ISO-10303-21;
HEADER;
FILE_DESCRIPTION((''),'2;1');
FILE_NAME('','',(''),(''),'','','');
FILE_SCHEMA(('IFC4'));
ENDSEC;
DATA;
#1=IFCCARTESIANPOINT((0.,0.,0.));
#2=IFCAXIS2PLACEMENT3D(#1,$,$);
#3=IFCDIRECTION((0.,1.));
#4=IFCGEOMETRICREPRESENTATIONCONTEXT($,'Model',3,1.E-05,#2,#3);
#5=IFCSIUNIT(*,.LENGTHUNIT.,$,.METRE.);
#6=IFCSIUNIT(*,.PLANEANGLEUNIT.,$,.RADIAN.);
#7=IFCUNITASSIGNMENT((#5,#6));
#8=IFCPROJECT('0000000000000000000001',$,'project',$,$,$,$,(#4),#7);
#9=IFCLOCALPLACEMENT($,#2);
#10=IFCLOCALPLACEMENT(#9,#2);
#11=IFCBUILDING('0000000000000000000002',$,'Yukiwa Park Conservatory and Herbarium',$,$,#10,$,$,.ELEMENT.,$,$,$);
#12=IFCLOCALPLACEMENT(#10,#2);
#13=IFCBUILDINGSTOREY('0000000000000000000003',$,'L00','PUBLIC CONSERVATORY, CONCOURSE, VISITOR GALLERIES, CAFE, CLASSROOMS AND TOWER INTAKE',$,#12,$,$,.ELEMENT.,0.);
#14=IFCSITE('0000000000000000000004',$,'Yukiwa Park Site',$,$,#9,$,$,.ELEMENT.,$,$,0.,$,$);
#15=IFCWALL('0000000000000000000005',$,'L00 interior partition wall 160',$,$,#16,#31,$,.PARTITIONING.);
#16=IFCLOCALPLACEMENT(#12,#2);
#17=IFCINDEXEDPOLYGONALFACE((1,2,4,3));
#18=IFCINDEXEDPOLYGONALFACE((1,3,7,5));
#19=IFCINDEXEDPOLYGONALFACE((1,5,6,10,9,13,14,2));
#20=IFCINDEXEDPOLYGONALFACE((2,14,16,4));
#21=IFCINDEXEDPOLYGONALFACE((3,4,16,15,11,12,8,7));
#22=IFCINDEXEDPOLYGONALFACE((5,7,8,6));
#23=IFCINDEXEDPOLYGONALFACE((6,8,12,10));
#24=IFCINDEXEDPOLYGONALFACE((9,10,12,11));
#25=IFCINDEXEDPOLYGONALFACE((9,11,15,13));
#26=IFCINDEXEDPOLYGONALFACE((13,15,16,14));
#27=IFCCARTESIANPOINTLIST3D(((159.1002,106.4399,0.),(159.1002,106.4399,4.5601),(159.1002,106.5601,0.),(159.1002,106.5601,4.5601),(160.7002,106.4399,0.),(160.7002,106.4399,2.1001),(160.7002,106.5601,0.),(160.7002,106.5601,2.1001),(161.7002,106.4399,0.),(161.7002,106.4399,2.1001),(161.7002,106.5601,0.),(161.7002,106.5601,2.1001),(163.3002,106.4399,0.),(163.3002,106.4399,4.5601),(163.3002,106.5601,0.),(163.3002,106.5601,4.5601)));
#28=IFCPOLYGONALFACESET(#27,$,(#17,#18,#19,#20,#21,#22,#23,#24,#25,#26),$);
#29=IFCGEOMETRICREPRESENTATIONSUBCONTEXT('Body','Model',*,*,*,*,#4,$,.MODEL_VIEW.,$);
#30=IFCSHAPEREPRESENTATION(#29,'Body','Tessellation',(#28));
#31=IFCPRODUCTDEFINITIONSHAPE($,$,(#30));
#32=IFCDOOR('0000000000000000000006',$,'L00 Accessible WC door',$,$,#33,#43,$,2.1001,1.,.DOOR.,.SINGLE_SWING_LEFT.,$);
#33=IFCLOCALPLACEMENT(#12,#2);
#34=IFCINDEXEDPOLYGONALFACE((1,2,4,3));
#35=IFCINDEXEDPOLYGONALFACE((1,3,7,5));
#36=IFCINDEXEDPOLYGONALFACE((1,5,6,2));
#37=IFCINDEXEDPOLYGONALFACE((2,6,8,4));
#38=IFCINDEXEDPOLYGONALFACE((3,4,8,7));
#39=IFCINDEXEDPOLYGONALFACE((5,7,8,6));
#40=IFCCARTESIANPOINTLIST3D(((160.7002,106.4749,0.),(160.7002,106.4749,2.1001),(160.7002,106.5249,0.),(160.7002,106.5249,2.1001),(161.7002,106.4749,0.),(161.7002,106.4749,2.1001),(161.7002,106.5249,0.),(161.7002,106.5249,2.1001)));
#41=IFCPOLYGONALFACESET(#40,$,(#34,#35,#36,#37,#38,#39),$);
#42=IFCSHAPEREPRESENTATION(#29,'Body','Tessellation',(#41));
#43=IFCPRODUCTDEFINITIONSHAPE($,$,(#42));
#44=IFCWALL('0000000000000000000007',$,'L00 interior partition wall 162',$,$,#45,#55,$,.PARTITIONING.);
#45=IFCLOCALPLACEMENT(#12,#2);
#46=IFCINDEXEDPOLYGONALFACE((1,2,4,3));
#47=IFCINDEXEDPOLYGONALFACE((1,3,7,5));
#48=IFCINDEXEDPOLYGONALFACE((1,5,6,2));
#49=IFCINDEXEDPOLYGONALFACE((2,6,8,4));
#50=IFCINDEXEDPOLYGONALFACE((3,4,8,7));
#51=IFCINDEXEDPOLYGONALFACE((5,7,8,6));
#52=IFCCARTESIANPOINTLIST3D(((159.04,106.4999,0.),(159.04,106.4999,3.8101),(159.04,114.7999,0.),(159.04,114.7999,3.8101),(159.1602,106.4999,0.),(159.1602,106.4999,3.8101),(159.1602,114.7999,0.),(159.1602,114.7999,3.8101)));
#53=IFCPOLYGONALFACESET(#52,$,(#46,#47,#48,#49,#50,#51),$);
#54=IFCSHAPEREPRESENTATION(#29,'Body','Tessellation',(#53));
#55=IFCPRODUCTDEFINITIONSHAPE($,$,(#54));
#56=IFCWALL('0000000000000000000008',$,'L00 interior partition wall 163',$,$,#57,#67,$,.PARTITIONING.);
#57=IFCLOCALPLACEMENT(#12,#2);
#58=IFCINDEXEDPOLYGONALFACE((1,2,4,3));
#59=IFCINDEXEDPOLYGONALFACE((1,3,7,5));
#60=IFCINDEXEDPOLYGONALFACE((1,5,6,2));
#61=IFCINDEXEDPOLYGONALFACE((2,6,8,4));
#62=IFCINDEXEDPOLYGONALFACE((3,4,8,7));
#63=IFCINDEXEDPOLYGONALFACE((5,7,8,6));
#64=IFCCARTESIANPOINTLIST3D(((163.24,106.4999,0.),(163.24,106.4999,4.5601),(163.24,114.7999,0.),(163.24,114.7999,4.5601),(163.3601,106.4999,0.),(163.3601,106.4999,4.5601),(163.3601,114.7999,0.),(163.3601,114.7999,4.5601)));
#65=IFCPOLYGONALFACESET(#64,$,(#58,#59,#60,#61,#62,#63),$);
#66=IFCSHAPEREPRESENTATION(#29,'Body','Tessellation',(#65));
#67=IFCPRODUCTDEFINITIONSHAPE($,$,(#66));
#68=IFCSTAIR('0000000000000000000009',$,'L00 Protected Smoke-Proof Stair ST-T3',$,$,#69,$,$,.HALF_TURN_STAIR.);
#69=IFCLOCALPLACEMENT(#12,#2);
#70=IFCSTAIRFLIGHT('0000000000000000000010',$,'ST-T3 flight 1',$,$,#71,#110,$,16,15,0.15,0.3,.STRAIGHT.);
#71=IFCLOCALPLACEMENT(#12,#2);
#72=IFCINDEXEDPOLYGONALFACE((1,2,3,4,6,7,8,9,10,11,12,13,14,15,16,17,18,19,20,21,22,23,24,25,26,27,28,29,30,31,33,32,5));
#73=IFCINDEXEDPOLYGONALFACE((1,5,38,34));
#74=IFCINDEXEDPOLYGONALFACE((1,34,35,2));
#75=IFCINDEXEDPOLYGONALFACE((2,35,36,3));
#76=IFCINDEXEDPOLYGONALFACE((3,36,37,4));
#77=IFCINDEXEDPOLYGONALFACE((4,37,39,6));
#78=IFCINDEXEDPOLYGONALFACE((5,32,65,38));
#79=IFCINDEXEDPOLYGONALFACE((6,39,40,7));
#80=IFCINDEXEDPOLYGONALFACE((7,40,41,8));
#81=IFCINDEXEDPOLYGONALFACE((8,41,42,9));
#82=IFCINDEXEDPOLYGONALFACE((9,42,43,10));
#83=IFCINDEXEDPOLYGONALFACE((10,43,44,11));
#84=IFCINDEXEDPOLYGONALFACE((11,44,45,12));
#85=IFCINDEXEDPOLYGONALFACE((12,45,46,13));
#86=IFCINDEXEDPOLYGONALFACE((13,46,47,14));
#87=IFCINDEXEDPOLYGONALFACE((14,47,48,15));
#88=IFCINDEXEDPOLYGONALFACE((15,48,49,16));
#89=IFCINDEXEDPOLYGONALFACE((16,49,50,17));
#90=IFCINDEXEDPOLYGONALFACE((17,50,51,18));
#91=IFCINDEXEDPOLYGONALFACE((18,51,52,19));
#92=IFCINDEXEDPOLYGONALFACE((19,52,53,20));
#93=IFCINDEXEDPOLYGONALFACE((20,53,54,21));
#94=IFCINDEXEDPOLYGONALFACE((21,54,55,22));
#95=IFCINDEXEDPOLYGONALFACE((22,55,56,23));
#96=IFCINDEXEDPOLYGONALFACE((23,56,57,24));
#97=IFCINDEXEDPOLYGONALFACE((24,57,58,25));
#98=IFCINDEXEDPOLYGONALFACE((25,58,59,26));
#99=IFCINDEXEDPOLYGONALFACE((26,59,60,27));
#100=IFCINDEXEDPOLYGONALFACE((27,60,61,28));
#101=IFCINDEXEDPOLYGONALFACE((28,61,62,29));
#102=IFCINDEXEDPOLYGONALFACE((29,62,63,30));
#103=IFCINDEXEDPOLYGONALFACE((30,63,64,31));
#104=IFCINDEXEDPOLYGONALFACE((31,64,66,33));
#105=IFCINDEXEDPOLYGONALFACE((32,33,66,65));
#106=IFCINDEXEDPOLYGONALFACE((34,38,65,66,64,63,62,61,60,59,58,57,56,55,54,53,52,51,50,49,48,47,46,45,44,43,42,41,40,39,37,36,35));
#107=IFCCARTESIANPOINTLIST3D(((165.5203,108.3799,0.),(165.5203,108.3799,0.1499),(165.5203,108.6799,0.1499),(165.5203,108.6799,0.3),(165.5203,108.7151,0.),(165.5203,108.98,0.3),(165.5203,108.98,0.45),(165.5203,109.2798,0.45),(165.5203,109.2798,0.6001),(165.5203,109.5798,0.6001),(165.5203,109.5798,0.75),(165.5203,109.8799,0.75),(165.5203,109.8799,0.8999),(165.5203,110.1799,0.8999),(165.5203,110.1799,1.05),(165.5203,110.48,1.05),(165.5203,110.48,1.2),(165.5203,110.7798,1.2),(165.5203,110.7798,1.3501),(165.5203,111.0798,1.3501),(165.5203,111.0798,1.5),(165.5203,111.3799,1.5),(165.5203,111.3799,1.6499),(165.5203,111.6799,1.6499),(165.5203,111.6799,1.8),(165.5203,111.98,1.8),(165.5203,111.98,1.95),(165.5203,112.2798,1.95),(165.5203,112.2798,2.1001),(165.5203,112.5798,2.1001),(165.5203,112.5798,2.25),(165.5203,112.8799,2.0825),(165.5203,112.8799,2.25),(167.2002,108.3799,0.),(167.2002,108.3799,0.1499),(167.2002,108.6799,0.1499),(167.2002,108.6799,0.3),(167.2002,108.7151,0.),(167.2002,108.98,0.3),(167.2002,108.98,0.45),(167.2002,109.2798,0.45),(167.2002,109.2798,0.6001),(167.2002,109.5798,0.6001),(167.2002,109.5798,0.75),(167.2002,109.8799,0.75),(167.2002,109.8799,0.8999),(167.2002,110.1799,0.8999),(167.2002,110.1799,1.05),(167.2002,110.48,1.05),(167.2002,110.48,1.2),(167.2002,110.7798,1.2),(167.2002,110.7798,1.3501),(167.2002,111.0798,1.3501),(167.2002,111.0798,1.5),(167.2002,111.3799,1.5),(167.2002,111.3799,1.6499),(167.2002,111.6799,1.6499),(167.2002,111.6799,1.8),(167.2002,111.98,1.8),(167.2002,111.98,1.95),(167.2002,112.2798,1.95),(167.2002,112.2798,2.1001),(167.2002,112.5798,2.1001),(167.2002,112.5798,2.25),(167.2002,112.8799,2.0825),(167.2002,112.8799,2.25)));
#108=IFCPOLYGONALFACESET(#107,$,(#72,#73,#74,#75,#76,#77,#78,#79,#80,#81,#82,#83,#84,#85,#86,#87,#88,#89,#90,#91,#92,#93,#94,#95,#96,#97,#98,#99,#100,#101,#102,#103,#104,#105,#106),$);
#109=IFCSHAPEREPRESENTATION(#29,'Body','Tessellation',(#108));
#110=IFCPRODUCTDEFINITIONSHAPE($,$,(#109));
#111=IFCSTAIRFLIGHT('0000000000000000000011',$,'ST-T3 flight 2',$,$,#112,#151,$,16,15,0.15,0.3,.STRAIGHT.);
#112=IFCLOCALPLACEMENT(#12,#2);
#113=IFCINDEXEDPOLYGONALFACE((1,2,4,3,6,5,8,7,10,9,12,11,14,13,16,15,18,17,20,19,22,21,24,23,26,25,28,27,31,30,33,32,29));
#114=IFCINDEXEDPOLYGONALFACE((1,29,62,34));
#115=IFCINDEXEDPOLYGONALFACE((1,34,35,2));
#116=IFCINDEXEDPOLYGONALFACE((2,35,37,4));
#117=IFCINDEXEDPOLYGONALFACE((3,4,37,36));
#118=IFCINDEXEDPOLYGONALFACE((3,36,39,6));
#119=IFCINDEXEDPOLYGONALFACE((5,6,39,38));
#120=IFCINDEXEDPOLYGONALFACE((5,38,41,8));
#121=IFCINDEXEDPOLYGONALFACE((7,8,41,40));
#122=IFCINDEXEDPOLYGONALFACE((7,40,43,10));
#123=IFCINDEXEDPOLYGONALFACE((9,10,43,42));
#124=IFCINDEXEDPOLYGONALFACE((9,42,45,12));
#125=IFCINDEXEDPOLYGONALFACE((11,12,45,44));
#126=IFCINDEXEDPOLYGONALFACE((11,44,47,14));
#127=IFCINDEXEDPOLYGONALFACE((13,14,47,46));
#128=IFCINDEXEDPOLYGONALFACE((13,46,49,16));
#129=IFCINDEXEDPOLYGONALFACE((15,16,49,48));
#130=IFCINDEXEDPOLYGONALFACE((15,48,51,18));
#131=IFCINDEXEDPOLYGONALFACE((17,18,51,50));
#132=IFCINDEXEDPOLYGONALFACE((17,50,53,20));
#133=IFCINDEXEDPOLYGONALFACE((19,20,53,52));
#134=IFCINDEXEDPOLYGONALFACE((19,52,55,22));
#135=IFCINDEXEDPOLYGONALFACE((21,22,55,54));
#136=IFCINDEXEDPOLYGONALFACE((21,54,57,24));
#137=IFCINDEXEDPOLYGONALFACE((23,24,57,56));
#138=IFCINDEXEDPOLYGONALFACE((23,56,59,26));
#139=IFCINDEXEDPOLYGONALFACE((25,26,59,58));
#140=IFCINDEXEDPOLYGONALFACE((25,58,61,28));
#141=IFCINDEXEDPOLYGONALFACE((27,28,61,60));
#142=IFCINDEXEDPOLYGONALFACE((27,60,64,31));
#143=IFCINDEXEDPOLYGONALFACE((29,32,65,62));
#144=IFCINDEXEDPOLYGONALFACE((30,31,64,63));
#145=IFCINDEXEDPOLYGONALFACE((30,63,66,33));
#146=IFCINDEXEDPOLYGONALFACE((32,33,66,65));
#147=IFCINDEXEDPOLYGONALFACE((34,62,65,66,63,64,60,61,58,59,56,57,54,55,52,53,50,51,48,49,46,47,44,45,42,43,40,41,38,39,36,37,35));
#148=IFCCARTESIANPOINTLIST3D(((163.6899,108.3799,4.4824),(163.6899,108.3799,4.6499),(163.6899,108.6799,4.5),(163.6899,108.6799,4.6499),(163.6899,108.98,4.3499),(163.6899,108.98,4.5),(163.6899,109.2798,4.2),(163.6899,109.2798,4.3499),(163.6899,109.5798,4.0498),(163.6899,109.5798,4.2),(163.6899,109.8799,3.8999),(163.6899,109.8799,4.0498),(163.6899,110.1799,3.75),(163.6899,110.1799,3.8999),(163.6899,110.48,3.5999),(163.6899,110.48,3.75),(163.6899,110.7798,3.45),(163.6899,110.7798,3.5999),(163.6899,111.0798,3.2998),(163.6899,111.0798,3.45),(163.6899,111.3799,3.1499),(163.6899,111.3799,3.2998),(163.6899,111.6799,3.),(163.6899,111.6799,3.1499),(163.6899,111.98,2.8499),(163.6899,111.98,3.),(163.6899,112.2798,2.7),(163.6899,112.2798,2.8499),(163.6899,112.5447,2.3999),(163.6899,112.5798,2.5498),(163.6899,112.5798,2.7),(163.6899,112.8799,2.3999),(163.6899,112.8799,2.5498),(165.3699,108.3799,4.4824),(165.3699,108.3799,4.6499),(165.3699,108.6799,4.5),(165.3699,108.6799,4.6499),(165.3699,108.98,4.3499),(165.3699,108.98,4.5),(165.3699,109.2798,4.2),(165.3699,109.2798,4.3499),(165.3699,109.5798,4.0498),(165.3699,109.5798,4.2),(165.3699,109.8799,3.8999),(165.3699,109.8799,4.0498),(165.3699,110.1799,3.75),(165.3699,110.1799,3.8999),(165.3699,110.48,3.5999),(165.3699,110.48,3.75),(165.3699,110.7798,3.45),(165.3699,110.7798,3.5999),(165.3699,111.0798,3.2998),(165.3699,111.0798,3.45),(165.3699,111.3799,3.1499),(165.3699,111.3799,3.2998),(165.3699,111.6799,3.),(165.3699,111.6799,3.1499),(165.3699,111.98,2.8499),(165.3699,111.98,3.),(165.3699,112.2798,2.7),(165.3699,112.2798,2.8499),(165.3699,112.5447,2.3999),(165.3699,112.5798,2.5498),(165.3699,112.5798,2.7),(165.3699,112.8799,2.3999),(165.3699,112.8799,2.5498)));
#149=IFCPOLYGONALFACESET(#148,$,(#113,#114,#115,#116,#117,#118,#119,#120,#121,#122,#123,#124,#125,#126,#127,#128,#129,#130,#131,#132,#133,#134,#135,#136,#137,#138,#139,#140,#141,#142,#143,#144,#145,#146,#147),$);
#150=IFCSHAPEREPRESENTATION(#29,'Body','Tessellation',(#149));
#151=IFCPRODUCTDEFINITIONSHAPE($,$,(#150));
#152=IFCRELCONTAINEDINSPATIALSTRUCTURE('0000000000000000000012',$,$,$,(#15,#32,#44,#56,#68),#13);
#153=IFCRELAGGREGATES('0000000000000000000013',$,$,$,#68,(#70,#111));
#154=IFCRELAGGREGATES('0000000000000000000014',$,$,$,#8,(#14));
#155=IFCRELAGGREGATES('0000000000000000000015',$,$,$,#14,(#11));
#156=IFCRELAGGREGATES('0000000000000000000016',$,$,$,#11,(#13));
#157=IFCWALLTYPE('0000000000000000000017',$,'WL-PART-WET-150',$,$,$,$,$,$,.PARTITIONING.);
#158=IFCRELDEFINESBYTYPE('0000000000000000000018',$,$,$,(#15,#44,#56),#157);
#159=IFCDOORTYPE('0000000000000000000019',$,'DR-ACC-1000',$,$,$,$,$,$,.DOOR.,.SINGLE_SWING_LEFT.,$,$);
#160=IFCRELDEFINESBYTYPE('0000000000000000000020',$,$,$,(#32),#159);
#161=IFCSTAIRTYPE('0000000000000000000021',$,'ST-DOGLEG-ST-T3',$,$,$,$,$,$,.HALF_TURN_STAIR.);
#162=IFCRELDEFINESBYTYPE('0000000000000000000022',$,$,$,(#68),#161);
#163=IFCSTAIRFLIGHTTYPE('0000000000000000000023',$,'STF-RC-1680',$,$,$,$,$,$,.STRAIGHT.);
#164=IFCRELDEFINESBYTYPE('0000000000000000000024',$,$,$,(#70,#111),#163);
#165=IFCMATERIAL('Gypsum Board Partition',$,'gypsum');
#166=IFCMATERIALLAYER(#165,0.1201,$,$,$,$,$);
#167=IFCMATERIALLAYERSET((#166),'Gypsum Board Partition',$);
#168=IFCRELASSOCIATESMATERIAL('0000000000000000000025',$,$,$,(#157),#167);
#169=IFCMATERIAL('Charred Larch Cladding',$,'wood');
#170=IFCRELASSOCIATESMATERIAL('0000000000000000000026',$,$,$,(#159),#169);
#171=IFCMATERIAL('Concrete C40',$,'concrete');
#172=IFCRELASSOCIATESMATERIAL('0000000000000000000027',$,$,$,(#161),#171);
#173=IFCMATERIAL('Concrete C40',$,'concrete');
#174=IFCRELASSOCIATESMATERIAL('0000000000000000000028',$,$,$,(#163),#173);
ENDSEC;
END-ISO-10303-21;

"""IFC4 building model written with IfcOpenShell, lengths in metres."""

from ifc_helpers import new_model, si_unit, direction, frame, frame_2d, origin, place, context, subcontext, project, spatial, polyline, rectangle, outline, extrude, material, layer, layer_set, type_object, element, fill, aggregate, save


model = new_model("IFC4")

# Units and contexts
model_context = context("Model", 3, precision=1e-05, world=origin(), true_north=direction((0.0, 1.0)))
body_context = subcontext(model_context, "Body", "Model", "MODEL_VIEW")
ifc_project = project(units=[si_unit("LENGTHUNIT", "METRE"), si_unit("PLANEANGLEUNIT", "RADIAN")], contexts=[model_context])

# Site, building, storey
site_placement = place(None, origin())
site = spatial("IfcSite", under=ifc_project, at=site_placement, Name="Yukiwa Park Site", CompositionType="ELEMENT", RefElevation=0.0)
building_placement = place(site_placement, origin())
building = spatial("IfcBuilding", under=site, at=building_placement, Name="Yukiwa Park Conservatory and Herbarium", CompositionType="ELEMENT")
storey_placement = place(building_placement, origin())
storey = spatial("IfcBuildingStorey", under=building, at=storey_placement, Name="L00", Description="PUBLIC CONSERVATORY, CONCOURSE, VISITOR GALLERIES, CAFE, CLASSROOMS AND TOWER INTAKE", CompositionType="ELEMENT", Elevation=0.0)

# Wall, opening, door
ifc_material_1 = material(Name="Gypsum Board Partition", Category="gypsum")
ifc_layer_1 = layer(ifc_material_1, 0.1201)
ifc_layer_set_1 = layer_set([ifc_layer_1], Name="Gypsum Board Partition")
wall_type_1 = type_object("IfcWallType", Name="WL-PART-WET-150", PredefinedType="PARTITIONING", material=ifc_layer_set_1)
wall_1_placement = place(storey_placement, frame((159.1001, 106.5, 0.0), z_axis=(0.0, 0.0, 1.0), x_axis=(1.0, 0.0, 0.0)))
wall_1 = element("IfcWall", 1, at=wall_1_placement, inside=storey, type_object=wall_type_1, Name="L00 interior partition wall 160", PredefinedType="PARTITIONING", context=body_context, shape_type="SweptSolid", body=[
    extrude(rectangle(XDim=4.2, YDim=0.1201, at=frame_2d((2.1001, 0.0))), origin(), (0.0, 0.0, 1.0), 4.5601),
])
opening_1_placement = place(wall_1_placement, frame((1.6001, 0.0, 0.0)))
opening_1 = element("IfcOpeningElement", 2, at=opening_1_placement, cuts=wall_1, PredefinedType="OPENING", context=body_context, shape_type="SweptSolid", body=[
    extrude(rectangle(XDim=1.0, YDim=2.1001, at=frame_2d((0.5, 1.05))), frame((0.0, 0.0701, 0.0), z_axis=(0.0, -1.0, 0.0), x_axis=(1.0, 0.0, 0.0)), (0.0, 0.0, 1.0), 0.1401),
])
ifc_material_2 = material(Name="Charred Larch Cladding", Category="wood")
door_type_1 = type_object("IfcDoorType", Name="DR-ACC-1000", OperationType="SINGLE_SWING_LEFT", PredefinedType="DOOR", material=ifc_material_2)
door_1_placement = place(opening_1_placement, origin())
door_1 = element("IfcDoor", 3, at=door_1_placement, inside=storey, type_object=door_type_1, Name="L00 Accessible WC door", OperationType="SINGLE_SWING_LEFT", OverallHeight=2.1001, OverallWidth=1.0, PredefinedType="DOOR", context=body_context, shape_type="SweptSolid", body=[
    extrude(rectangle(XDim=1.0, YDim=2.1001, at=frame_2d((0.5, 1.05))), frame((0.0, 0.0249, 0.0), z_axis=(0.0, -1.0, 0.0), x_axis=(1.0, 0.0, 0.0)), (0.0, 0.0, 1.0), 0.05),
])
fill(opening_1, door_1)

# Walls
wall_2_placement = place(storey_placement, frame((159.1001, 106.5, 0.0), z_axis=(0.0, 0.0, 1.0), x_axis=(0.0, 1.0, 0.0)))
element("IfcWall", 4, at=wall_2_placement, inside=storey, type_object=wall_type_1, Name="L00 interior partition wall 162", PredefinedType="PARTITIONING", context=body_context, shape_type="SweptSolid", body=[
    extrude(rectangle(XDim=8.3, YDim=0.1201, at=frame_2d((4.1499, 0.0))), origin(), (0.0, 0.0, 1.0), 3.8101),
])
wall_3_placement = place(storey_placement, frame((163.3, 106.5, 0.0), z_axis=(0.0, 0.0, 1.0), x_axis=(0.0, 1.0, 0.0)))
element("IfcWall", 5, at=wall_3_placement, inside=storey, type_object=wall_type_1, Name="L00 interior partition wall 163", PredefinedType="PARTITIONING", context=body_context, shape_type="SweptSolid", body=[
    extrude(rectangle(XDim=8.3, YDim=0.1201, at=frame_2d((4.1499, 0.0))), origin(), (0.0, 0.0, 1.0), 4.5601),
])

# Stair, stair flights
ifc_material_3 = material(Name="Concrete C40", Category="concrete")
stair_type = type_object("IfcStairType", Name="ST-DOGLEG-ST-T3", PredefinedType="HALF_TURN_STAIR", material=ifc_material_3)
stair_placement = place(storey_placement, origin())
stair = element("IfcStair", 6, at=stair_placement, inside=storey, type_object=stair_type, Name="L00 Protected Smoke-Proof Stair ST-T3", PredefinedType="HALF_TURN_STAIR")
ifc_material_4 = material(Name="Concrete C40", Category="concrete")
stair_flight_type = type_object("IfcStairFlightType", Name="STF-RC-1680", PredefinedType="STRAIGHT", material=ifc_material_4)
stair_flight_1_placement = place(storey_placement, frame((166.3601, 108.3799, 0.0), z_axis=(0.0, 0.0, 1.0), x_axis=(0.0, 1.0, 0.0)))
stair_flight_1 = element("IfcStairFlight", 7, at=stair_flight_1_placement, type_object=stair_flight_type, Name="ST-T3 flight 1", NumberOfRisers=16, NumberOfTreads=15, PredefinedType="STRAIGHT", RiserHeight=0.15, TreadLength=0.3, context=body_context, shape_type="SweptSolid", body=[
    extrude(outline(polyline([(0.0, 0.0), (0.0, 0.1499), (0.3, 0.1499), (0.3, 0.3), (0.6001, 0.3), (0.6001, 0.45), (0.8999, 0.45), (0.8999, 0.6001), (1.2, 0.6001), (1.2, 0.75), (1.5, 0.75), (1.5, 0.8999), (1.8, 0.8999), (1.8, 1.05), (2.1001, 1.05), (2.1001, 1.2), (2.3999, 1.2), (2.3999, 1.3501), (2.7, 1.3501), (2.7, 1.5), (3.0, 1.5), (3.0, 1.6499), (3.3, 1.6499), (3.3, 1.8), (3.6001, 1.8), (3.6001, 1.95), (3.8999, 1.95), (3.8999, 2.1001), (4.2, 2.1001), (4.2, 2.25), (4.5, 2.25), (4.5, 2.3999), (4.5, 2.0825), (0.3352, 0.0), (0.0, 0.0)])), frame((0.0, 0.8398, 0.0), z_axis=(0.0, -1.0, 0.0), x_axis=(1.0, 0.0, 0.0)), (0.0, 0.0, 1.0), 1.6799),
])
stair_flight_2_placement = place(storey_placement, frame((164.53, 112.8799, 2.3999), z_axis=(0.0, 0.0, 1.0), x_axis=(0.0, -1.0, 0.0)))
stair_flight_2 = element("IfcStairFlight", 8, at=stair_flight_2_placement, type_object=stair_flight_type, Name="ST-T3 flight 2", NumberOfRisers=16, NumberOfTreads=15, PredefinedType="STRAIGHT", RiserHeight=0.15, TreadLength=0.3, context=body_context, shape_type="SweptSolid", body=[
    extrude(outline(polyline([(0.0, 0.0), (0.0, 0.1499), (0.3, 0.1499), (0.3, 0.3), (0.6001, 0.3), (0.6001, 0.45), (0.8999, 0.45), (0.8999, 0.6001), (1.2, 0.6001), (1.2, 0.75), (1.5, 0.75), (1.5, 0.8999), (1.8, 0.8999), (1.8, 1.05), (2.1001, 1.05), (2.1001, 1.2), (2.3999, 1.2), (2.3999, 1.3501), (2.7, 1.3501), (2.7, 1.5), (3.0, 1.5), (3.0, 1.6499), (3.3, 1.6499), (3.3, 1.8), (3.6001, 1.8), (3.6001, 1.95), (3.8999, 1.95), (3.8999, 2.1001), (4.2, 2.1001), (4.2, 2.25), (4.5, 2.25), (4.5, 2.3999), (4.5, 2.0825), (0.3352, 0.0), (0.0, 0.0)])), frame((0.0, 0.8398, 0.0), z_axis=(0.0, -1.0, 0.0), x_axis=(1.0, 0.0, 0.0)), (0.0, 0.0, 1.0), 1.6799),
])
aggregate(stair, [stair_flight_1, stair_flight_2])

save(model, "model.ifc")
